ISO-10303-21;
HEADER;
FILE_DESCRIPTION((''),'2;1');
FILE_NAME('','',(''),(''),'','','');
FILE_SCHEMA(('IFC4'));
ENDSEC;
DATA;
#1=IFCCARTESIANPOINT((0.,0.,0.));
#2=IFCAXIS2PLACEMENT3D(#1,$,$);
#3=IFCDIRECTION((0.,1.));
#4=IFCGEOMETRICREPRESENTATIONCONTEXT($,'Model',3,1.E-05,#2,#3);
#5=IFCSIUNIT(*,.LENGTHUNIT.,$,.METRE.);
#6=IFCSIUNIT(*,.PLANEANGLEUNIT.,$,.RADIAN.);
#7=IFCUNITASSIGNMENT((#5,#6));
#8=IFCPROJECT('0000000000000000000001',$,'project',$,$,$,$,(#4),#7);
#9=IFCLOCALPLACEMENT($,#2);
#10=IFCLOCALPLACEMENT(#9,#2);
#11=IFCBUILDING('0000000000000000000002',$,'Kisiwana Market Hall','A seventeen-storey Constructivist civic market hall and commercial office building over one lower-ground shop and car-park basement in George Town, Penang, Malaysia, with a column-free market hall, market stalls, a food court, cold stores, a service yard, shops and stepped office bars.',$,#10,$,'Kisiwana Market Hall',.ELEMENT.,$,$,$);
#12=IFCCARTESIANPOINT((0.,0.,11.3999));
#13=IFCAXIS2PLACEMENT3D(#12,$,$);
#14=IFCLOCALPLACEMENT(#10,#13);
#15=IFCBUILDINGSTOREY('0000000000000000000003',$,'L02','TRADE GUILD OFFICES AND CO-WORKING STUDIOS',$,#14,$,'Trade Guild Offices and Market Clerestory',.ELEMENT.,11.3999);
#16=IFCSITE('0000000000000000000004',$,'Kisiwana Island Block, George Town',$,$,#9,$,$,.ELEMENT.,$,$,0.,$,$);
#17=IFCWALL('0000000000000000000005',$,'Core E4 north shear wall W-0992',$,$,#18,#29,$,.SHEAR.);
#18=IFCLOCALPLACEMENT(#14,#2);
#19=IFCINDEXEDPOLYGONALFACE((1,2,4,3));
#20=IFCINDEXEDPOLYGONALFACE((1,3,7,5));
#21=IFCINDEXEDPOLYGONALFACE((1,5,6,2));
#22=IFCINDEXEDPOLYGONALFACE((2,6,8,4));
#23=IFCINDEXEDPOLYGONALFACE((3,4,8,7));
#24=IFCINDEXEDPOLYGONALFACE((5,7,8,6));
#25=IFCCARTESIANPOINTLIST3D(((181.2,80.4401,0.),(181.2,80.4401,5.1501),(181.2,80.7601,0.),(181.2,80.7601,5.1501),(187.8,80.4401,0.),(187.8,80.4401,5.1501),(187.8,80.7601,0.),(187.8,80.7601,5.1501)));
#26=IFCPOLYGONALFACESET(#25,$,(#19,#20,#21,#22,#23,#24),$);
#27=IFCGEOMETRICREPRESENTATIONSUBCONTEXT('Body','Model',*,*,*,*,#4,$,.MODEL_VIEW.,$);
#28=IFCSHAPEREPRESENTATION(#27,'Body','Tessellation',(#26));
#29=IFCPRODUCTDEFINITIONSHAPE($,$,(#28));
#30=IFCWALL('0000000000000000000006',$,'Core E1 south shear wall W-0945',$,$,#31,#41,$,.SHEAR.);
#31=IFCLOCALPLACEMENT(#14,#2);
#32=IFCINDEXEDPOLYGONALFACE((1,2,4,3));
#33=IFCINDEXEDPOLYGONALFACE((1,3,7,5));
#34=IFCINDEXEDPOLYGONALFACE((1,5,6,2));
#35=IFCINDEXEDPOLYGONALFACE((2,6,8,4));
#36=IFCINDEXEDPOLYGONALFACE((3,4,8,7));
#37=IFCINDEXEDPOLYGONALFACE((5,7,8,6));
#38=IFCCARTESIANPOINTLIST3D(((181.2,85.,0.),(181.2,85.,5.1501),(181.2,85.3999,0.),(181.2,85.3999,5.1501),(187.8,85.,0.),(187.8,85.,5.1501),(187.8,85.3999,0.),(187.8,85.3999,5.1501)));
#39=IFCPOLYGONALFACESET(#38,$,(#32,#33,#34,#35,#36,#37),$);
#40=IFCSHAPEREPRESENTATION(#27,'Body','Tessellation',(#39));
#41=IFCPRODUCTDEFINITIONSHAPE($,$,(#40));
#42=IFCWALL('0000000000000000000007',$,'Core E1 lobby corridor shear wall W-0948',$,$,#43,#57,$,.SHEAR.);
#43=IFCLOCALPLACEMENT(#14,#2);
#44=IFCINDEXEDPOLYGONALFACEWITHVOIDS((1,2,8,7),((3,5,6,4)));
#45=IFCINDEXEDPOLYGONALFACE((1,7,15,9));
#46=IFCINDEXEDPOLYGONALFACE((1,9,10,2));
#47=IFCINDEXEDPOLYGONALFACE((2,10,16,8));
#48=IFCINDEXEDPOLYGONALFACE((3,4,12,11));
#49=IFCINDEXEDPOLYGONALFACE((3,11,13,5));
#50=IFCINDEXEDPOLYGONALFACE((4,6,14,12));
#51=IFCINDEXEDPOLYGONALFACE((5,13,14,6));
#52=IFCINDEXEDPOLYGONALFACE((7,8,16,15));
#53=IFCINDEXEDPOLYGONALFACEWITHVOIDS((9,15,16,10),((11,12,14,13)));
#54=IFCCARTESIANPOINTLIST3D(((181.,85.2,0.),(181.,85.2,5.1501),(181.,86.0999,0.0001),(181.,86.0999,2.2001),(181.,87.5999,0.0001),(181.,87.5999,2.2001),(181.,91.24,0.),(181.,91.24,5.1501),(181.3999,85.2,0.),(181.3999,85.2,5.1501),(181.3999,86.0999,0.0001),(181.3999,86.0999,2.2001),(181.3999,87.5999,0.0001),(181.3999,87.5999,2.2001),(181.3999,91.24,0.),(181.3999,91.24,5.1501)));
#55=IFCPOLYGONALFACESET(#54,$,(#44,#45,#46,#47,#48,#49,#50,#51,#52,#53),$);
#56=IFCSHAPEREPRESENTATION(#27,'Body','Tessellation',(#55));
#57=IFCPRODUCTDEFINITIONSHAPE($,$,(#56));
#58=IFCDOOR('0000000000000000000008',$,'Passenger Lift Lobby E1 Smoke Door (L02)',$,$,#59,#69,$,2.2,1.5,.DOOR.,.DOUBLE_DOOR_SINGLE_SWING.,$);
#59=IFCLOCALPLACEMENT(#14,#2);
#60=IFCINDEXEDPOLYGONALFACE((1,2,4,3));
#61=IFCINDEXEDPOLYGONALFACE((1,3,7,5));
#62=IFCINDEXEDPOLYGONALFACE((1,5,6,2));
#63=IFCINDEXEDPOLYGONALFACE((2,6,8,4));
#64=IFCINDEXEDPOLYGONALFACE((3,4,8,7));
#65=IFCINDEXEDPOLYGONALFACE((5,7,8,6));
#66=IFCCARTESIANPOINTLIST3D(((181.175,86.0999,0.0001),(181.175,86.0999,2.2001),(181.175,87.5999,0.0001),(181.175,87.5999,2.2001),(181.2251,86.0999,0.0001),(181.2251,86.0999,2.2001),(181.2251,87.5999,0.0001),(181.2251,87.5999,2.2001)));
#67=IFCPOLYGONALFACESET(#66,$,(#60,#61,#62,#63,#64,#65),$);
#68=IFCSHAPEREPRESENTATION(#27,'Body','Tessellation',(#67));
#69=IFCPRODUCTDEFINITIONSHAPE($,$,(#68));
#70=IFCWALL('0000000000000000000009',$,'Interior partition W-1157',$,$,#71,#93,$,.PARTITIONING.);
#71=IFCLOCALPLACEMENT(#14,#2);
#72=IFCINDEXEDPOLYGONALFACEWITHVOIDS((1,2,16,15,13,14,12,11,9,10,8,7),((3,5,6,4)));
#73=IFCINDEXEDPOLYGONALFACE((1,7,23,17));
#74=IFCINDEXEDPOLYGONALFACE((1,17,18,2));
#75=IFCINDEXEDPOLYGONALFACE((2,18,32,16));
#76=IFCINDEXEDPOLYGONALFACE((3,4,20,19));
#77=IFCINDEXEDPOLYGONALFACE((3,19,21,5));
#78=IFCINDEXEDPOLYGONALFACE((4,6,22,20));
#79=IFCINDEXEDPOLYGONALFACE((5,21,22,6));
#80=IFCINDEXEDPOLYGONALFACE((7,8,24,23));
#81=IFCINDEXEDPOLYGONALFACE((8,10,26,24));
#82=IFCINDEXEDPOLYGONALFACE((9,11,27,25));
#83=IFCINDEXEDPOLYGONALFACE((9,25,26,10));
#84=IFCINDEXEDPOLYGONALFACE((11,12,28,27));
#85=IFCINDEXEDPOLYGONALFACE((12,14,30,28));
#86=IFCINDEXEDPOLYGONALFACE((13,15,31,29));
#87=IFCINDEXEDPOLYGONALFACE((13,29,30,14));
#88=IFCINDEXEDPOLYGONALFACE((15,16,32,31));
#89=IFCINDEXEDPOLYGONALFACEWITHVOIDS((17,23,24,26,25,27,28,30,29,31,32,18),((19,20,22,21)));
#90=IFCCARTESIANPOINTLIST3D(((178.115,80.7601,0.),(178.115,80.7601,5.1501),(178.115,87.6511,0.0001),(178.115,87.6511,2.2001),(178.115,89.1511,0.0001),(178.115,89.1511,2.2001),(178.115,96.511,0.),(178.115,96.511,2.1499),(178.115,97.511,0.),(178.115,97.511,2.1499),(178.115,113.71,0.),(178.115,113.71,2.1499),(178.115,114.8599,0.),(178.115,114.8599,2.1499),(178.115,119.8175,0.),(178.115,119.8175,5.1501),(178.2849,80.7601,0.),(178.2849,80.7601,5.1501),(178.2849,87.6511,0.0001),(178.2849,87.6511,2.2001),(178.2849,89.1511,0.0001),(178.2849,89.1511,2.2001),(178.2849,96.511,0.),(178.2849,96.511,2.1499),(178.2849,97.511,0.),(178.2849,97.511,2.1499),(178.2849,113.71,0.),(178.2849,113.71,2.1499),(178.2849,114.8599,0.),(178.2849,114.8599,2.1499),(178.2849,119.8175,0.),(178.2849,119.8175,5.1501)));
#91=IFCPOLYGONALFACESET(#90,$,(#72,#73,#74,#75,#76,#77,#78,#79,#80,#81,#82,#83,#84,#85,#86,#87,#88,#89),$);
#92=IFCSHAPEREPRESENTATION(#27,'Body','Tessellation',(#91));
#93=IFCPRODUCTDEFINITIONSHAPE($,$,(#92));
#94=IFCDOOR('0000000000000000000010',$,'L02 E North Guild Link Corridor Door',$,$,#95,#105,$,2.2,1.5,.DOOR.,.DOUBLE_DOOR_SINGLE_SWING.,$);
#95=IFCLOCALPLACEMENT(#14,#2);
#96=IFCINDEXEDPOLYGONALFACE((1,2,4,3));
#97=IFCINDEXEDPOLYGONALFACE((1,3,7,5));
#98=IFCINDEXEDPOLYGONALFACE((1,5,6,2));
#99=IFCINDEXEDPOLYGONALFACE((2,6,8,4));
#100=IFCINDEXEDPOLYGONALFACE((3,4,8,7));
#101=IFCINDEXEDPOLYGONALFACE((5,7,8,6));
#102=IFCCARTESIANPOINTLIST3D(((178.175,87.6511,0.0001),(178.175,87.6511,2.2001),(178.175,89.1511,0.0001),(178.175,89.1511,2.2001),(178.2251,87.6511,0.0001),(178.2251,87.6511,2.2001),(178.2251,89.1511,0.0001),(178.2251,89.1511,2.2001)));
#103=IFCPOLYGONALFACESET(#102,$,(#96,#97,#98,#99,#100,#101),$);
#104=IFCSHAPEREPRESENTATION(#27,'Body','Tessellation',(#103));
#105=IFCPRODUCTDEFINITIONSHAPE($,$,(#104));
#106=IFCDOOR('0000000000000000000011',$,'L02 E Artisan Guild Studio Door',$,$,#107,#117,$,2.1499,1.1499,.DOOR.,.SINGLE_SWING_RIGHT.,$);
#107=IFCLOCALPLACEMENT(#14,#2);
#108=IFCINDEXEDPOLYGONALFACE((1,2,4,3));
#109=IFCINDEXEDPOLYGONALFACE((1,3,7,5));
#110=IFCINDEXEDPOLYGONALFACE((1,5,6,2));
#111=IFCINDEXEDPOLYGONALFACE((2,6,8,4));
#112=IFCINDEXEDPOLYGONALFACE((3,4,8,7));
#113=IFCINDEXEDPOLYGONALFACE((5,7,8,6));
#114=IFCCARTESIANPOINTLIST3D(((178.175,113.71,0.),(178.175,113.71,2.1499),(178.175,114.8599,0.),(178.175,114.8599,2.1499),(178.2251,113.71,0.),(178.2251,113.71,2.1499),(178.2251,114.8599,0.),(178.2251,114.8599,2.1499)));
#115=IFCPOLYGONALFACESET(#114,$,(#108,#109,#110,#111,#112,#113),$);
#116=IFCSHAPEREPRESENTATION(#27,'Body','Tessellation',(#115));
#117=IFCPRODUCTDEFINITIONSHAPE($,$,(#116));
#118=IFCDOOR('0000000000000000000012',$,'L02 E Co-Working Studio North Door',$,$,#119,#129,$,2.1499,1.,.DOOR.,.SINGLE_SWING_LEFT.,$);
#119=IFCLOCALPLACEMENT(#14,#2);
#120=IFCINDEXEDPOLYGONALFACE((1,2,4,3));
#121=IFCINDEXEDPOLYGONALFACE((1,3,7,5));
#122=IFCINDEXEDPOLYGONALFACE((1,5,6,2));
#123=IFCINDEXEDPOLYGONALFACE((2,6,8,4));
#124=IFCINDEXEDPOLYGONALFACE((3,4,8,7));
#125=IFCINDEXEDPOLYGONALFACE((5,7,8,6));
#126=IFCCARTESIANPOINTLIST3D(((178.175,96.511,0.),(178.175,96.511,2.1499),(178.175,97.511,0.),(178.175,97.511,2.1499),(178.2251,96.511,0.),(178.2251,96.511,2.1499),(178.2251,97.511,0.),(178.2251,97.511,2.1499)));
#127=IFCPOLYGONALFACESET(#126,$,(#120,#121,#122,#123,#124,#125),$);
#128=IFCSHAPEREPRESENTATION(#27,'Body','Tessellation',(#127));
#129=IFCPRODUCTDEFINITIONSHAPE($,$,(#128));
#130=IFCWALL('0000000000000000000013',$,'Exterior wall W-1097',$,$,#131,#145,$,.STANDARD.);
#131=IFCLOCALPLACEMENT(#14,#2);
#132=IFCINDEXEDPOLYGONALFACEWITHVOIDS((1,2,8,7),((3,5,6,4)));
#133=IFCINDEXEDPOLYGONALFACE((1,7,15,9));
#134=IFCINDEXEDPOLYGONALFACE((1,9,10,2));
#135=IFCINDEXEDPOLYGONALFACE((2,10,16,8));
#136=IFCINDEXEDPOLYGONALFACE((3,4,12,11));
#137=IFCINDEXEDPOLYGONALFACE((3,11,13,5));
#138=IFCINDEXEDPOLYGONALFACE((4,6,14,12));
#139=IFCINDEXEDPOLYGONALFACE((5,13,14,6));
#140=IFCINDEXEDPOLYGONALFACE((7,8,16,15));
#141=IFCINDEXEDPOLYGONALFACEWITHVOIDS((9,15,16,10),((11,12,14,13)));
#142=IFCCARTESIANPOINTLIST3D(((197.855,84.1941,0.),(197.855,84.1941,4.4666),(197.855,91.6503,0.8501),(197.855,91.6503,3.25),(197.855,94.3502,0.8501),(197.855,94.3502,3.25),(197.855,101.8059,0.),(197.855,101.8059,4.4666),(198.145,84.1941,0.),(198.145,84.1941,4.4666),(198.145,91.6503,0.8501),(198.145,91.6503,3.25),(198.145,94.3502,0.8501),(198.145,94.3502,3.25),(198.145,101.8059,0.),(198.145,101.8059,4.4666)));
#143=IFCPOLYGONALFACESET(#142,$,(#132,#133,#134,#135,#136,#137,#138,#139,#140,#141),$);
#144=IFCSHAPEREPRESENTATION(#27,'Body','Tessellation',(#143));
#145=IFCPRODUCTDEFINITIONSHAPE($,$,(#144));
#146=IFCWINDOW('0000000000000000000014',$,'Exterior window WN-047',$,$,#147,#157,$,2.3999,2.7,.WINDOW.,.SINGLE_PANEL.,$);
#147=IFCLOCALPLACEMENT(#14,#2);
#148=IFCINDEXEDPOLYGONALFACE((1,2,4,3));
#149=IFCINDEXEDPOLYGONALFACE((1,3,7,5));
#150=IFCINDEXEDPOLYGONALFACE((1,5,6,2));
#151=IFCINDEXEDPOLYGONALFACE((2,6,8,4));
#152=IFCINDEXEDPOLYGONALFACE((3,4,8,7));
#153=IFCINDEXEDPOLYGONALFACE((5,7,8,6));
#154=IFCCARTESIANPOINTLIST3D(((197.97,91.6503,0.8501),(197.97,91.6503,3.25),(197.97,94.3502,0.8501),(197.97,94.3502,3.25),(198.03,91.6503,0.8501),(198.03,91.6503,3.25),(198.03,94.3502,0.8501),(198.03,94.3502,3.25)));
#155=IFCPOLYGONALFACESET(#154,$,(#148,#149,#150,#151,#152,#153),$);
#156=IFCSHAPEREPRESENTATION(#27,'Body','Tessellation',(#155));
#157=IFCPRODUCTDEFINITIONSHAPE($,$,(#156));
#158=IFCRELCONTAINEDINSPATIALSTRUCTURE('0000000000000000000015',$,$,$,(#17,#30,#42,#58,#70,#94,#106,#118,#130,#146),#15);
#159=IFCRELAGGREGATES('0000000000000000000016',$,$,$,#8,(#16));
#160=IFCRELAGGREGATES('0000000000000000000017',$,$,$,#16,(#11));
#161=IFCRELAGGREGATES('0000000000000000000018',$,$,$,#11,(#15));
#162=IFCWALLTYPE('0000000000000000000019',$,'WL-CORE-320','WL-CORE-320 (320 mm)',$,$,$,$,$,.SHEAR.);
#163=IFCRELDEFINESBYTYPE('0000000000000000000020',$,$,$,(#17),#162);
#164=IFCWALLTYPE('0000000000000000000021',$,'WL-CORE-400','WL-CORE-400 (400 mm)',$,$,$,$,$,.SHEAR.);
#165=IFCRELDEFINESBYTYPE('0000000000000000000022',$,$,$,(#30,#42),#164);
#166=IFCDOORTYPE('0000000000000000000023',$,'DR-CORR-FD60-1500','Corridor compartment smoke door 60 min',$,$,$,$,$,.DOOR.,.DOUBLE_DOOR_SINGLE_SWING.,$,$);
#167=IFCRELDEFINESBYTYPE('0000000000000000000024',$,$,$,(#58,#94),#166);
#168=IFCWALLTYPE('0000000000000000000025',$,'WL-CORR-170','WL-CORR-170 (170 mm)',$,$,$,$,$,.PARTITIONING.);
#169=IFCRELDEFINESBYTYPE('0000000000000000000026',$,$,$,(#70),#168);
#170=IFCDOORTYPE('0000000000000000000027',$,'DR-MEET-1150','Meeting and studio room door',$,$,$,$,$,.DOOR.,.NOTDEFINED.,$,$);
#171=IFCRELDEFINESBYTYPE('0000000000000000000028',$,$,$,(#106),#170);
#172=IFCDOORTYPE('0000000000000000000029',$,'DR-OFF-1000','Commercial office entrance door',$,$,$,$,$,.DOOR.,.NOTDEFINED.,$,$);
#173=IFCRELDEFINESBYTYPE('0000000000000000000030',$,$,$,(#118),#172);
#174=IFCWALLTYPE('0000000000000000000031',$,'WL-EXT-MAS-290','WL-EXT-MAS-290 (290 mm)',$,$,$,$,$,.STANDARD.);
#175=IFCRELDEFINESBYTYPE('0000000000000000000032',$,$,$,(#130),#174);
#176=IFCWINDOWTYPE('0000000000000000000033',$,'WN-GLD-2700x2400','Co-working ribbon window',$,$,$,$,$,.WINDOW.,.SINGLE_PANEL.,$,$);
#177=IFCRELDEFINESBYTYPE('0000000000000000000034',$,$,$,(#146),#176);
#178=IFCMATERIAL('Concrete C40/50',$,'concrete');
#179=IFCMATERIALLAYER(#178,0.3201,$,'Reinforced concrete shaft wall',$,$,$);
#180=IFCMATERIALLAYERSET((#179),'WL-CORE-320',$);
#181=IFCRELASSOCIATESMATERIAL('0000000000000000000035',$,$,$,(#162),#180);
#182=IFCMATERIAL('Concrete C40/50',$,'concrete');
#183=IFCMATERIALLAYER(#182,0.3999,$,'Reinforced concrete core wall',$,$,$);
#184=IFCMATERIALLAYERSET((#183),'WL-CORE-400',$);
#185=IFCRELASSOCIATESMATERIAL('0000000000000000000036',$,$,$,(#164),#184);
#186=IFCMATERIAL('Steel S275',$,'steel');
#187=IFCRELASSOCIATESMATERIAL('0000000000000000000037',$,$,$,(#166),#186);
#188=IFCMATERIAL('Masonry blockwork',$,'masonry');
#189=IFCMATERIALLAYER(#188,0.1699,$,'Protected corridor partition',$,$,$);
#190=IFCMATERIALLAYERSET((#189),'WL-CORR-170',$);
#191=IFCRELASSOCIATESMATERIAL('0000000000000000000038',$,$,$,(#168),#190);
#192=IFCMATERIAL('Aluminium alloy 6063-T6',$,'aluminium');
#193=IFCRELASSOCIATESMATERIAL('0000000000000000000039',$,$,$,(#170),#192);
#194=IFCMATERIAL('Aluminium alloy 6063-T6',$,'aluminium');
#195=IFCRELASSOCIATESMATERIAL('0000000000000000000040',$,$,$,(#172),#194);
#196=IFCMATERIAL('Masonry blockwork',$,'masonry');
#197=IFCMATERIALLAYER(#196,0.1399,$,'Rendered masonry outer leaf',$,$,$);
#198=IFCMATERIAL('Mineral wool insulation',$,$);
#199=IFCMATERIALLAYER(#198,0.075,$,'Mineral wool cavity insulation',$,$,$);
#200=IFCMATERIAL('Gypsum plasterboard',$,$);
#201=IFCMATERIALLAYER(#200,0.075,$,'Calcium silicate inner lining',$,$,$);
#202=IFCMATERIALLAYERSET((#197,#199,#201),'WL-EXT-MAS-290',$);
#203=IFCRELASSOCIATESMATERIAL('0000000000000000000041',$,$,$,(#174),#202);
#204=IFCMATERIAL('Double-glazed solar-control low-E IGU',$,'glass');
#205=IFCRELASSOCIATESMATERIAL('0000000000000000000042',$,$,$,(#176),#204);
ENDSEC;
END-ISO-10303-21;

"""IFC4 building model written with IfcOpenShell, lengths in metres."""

from ifc_helpers import new_model, si_unit, direction, frame, frame_2d, origin, place, context, subcontext, project, spatial, rectangle, extrude, material, layer, layer_set, type_object, element, fill, save


model = new_model("IFC4")

# Units and contexts
model_context = context("Model", 3, precision=1e-05, world=origin(), true_north=direction((0.0, 1.0)))
body_context = subcontext(model_context, "Body", "Model", "MODEL_VIEW")
ifc_project = project(units=[si_unit("LENGTHUNIT", "METRE"), si_unit("PLANEANGLEUNIT", "RADIAN")], contexts=[model_context])

# Site, building, storey
site_placement = place(None, origin())
site = spatial("IfcSite", under=ifc_project, at=site_placement, Name="Kisiwana Island Block, George Town", CompositionType="ELEMENT", RefElevation=0.0)
building_placement = place(site_placement, origin())
building = spatial("IfcBuilding", under=site, at=building_placement, Name="Kisiwana Market Hall", Description="A seventeen-storey Constructivist civic market hall and commercial office building over one lower-ground shop and car-park basement in George Town, Penang, Malaysia, with a column-free market hall, market stalls, a food court, cold stores, a service yard, shops and stepped office bars.", LongName="Kisiwana Market Hall", CompositionType="ELEMENT")
storey_placement = place(building_placement, frame((0.0, 0.0, 11.3999)))
storey = spatial("IfcBuildingStorey", under=building, at=storey_placement, Name="L02", Description="TRADE GUILD OFFICES AND CO-WORKING STUDIOS", LongName="Trade Guild Offices and Market Clerestory", CompositionType="ELEMENT", Elevation=11.3999)

# Walls
ifc_material_1 = material(Name="Concrete C40/50", Category="concrete")
ifc_layer_1 = layer(ifc_material_1, 0.3201, Name="Reinforced concrete shaft wall")
ifc_layer_set_1 = layer_set([ifc_layer_1], Name="WL-CORE-320")
wall_type_1 = type_object("IfcWallType", Name="WL-CORE-320", Description="WL-CORE-320 (320 mm)", PredefinedType="SHEAR", material=ifc_layer_set_1)
wall_1_placement = place(storey_placement, frame((181.2, 80.6001, 0.0), z_axis=(0.0, 0.0, 1.0), x_axis=(1.0, 0.0, 0.0)))
element("IfcWall", 1, at=wall_1_placement, inside=storey, type_object=wall_type_1, Name="Core E4 north shear wall W-0992", PredefinedType="SHEAR", context=body_context, shape_type="SweptSolid", body=[
    extrude(rectangle(XDim=6.6001, YDim=0.3201, at=frame_2d((3.3, 0.0))), origin(), (0.0, 0.0, 1.0), 5.1501),
])
ifc_material_2 = material(Name="Concrete C40/50", Category="concrete")
ifc_layer_2 = layer(ifc_material_2, 0.3999, Name="Reinforced concrete core wall")
ifc_layer_set_2 = layer_set([ifc_layer_2], Name="WL-CORE-400")
wall_type_2 = type_object("IfcWallType", Name="WL-CORE-400", Description="WL-CORE-400 (400 mm)", PredefinedType="SHEAR", material=ifc_layer_set_2)
wall_2_placement = place(storey_placement, frame((181.2, 85.2, 0.0), z_axis=(0.0, 0.0, 1.0), x_axis=(1.0, 0.0, 0.0)))
element("IfcWall", 2, at=wall_2_placement, inside=storey, type_object=wall_type_2, Name="Core E1 south shear wall W-0945", PredefinedType="SHEAR", context=body_context, shape_type="SweptSolid", body=[
    extrude(rectangle(XDim=6.6001, YDim=0.3999, at=frame_2d((3.3, 0.0))), origin(), (0.0, 0.0, 1.0), 5.1501),
])

# Wall, opening, door
wall_3_placement = place(storey_placement, frame((181.2, 85.2, 0.0), z_axis=(0.0, 0.0, 1.0), x_axis=(0.0, 1.0, 0.0)))
wall_3 = element("IfcWall", 3, at=wall_3_placement, inside=storey, type_object=wall_type_2, Name="Core E1 lobby corridor shear wall W-0948", PredefinedType="SHEAR", context=body_context, shape_type="SweptSolid", body=[
    extrude(rectangle(XDim=6.04, YDim=0.3999, at=frame_2d((3.02, 0.0))), origin(), (0.0, 0.0, 1.0), 5.1501),
])
opening_1_placement = place(wall_3_placement, frame((0.8999, 0.0, 0.0)))
opening_1 = element("IfcOpeningElement", 4, at=opening_1_placement, cuts=wall_3, PredefinedType="OPENING", context=body_context, shape_type="SweptSolid", body=[
    extrude(rectangle(XDim=1.5, YDim=2.2, at=frame_2d((0.75, 1.1001))), frame((0.0, 0.2119, 0.0), z_axis=(0.0, -1.0, 0.0), x_axis=(1.0, 0.0, 0.0)), (0.0, 0.0, 1.0), 0.4238),
])
ifc_material_3 = material(Name="Steel S275", Category="steel")
door_type_1 = type_object("IfcDoorType", Name="DR-CORR-FD60-1500", Description="Corridor compartment smoke door 60 min", OperationType="DOUBLE_DOOR_SINGLE_SWING", PredefinedType="DOOR", material=ifc_material_3)
door_1_placement = place(opening_1_placement, origin())
door_1 = element("IfcDoor", 5, at=door_1_placement, inside=storey, type_object=door_type_1, Name="Passenger Lift Lobby E1 Smoke Door (L02)", OperationType="DOUBLE_DOOR_SINGLE_SWING", OverallHeight=2.2, OverallWidth=1.5, PredefinedType="DOOR", context=body_context, shape_type="SweptSolid", body=[
    extrude(rectangle(XDim=1.5, YDim=2.2, at=frame_2d((0.75, 1.1001))), frame((0.0, 0.0249, 0.0), z_axis=(0.0, -1.0, 0.0), x_axis=(1.0, 0.0, 0.0)), (0.0, 0.0, 1.0), 0.05),
])
fill(opening_1, door_1)

# Wall, openings, doors
ifc_material_4 = material(Name="Masonry blockwork", Category="masonry")
ifc_layer_3 = layer(ifc_material_4, 0.1699, Name="Protected corridor partition")
ifc_layer_set_3 = layer_set([ifc_layer_3], Name="WL-CORR-170")
wall_type_3 = type_object("IfcWallType", Name="WL-CORR-170", Description="WL-CORR-170 (170 mm)", PredefinedType="PARTITIONING", material=ifc_layer_set_3)
wall_4_placement = place(storey_placement, frame((178.2, 80.76, 0.0), z_axis=(0.0, 0.0, 1.0), x_axis=(0.0, 1.0, 0.0)))
wall_4 = element("IfcWall", 6, at=wall_4_placement, inside=storey, type_object=wall_type_3, Name="Interior partition W-1157", PredefinedType="PARTITIONING", context=body_context, shape_type="SweptSolid", body=[
    extrude(rectangle(XDim=39.0574, YDim=0.1699, at=frame_2d((19.5288, 0.0))), origin(), (0.0, 0.0, 1.0), 5.1501),
])
opening_2_placement = place(wall_4_placement, frame((6.8911, 0.0, 0.0)))
opening_2 = element("IfcOpeningElement", 7, at=opening_2_placement, cuts=wall_4, PredefinedType="OPENING", context=body_context, shape_type="SweptSolid", body=[
    extrude(rectangle(XDim=1.5, YDim=2.2, at=frame_2d((0.75, 1.1001))), frame((0.0, 0.0969, 0.0), z_axis=(0.0, -1.0, 0.0), x_axis=(1.0, 0.0, 0.0)), (0.0, 0.0, 1.0), 0.1938),
])
opening_3_placement = place(wall_4_placement, frame((15.751, 0.0, 0.0)))
opening_3 = element("IfcOpeningElement", 8, at=opening_3_placement, cuts=wall_4, PredefinedType="OPENING", context=body_context, shape_type="SweptSolid", body=[
    extrude(rectangle(XDim=1.0, YDim=2.1499, at=frame_2d((0.5, 1.075))), frame((0.0, 0.0969, 0.0), z_axis=(0.0, -1.0, 0.0), x_axis=(1.0, 0.0, 0.0)), (0.0, 0.0, 1.0), 0.1938),
])
opening_4_placement = place(wall_4_placement, frame((32.95, 0.0, 0.0)))
opening_4 = element("IfcOpeningElement", 9, at=opening_4_placement, cuts=wall_4, PredefinedType="OPENING", context=body_context, shape_type="SweptSolid", body=[
    extrude(rectangle(XDim=1.1499, YDim=2.1499, at=frame_2d((0.575, 1.075))), frame((0.0, 0.0969, 0.0), z_axis=(0.0, -1.0, 0.0), x_axis=(1.0, 0.0, 0.0)), (0.0, 0.0, 1.0), 0.1938),
])
door_2_placement = place(opening_2_placement, origin())
door_2 = element("IfcDoor", 10, at=door_2_placement, inside=storey, type_object=door_type_1, Name="L02 E North Guild Link Corridor Door", OperationType="DOUBLE_DOOR_SINGLE_SWING", OverallHeight=2.2, OverallWidth=1.5, PredefinedType="DOOR", context=body_context, shape_type="SweptSolid", body=[
    extrude(rectangle(XDim=1.5, YDim=2.2, at=frame_2d((0.75, 1.1001))), frame((0.0, 0.0249, 0.0), z_axis=(0.0, -1.0, 0.0), x_axis=(1.0, 0.0, 0.0)), (0.0, 0.0, 1.0), 0.05),
])
fill(opening_2, door_2)
ifc_material_5 = material(Name="Aluminium alloy 6063-T6", Category="aluminium")
door_type_2 = type_object("IfcDoorType", Name="DR-MEET-1150", Description="Meeting and studio room door", OperationType="NOTDEFINED", PredefinedType="DOOR", material=ifc_material_5)
door_3_placement = place(opening_4_placement, origin())
door_3 = element("IfcDoor", 11, at=door_3_placement, inside=storey, type_object=door_type_2, Name="L02 E Artisan Guild Studio Door", OperationType="SINGLE_SWING_RIGHT", OverallHeight=2.1499, OverallWidth=1.1499, PredefinedType="DOOR", context=body_context, shape_type="SweptSolid", body=[
    extrude(rectangle(XDim=1.1499, YDim=2.1499, at=frame_2d((0.575, 1.075))), frame((0.0, 0.0249, 0.0), z_axis=(0.0, -1.0, 0.0), x_axis=(1.0, 0.0, 0.0)), (0.0, 0.0, 1.0), 0.05),
])
fill(opening_4, door_3)
ifc_material_6 = material(Name="Aluminium alloy 6063-T6", Category="aluminium")
door_type_3 = type_object("IfcDoorType", Name="DR-OFF-1000", Description="Commercial office entrance door", OperationType="NOTDEFINED", PredefinedType="DOOR", material=ifc_material_6)
door_4_placement = place(opening_3_placement, origin())
door_4 = element("IfcDoor", 12, at=door_4_placement, inside=storey, type_object=door_type_3, Name="L02 E Co-Working Studio North Door", OperationType="SINGLE_SWING_LEFT", OverallHeight=2.1499, OverallWidth=1.0, PredefinedType="DOOR", context=body_context, shape_type="SweptSolid", body=[
    extrude(rectangle(XDim=1.0, YDim=2.1499, at=frame_2d((0.5, 1.075))), frame((0.0, 0.0249, 0.0), z_axis=(0.0, -1.0, 0.0), x_axis=(1.0, 0.0, 0.0)), (0.0, 0.0, 1.0), 0.05),
])
fill(opening_3, door_4)

# Wall, opening, window
ifc_material_7 = material(Name="Masonry blockwork", Category="masonry")
ifc_layer_4 = layer(ifc_material_7, 0.1399, Name="Rendered masonry outer leaf")
ifc_material_8 = material(Name="Mineral wool insulation")
ifc_layer_5 = layer(ifc_material_8, 0.075, Name="Mineral wool cavity insulation")
ifc_material_9 = material(Name="Gypsum plasterboard")
ifc_layer_6 = layer(ifc_material_9, 0.075, Name="Calcium silicate inner lining")
ifc_layer_set_4 = layer_set([ifc_layer_4, ifc_layer_5, ifc_layer_6], Name="WL-EXT-MAS-290")
wall_type_4 = type_object("IfcWallType", Name="WL-EXT-MAS-290", Description="WL-EXT-MAS-290 (290 mm)", PredefinedType="STANDARD", material=ifc_layer_set_4)
wall_5_placement = place(storey_placement, frame((198.0, 84.1941, 0.0), z_axis=(0.0, 0.0, 1.0), x_axis=(0.0, 1.0, 0.0)))
wall_5 = element("IfcWall", 13, at=wall_5_placement, inside=storey, type_object=wall_type_4, Name="Exterior wall W-1097", PredefinedType="STANDARD", context=body_context, shape_type="SweptSolid", body=[
    extrude(rectangle(XDim=17.6118, YDim=0.29, at=frame_2d((8.8059, 0.0))), origin(), (0.0, 0.0, 1.0), 4.4666),
])
opening_5_placement = place(wall_5_placement, frame((7.4561, 0.0, 0.8501)))
opening_5 = element("IfcOpeningElement", 14, at=opening_5_placement, cuts=wall_5, PredefinedType="OPENING", context=body_context, shape_type="SweptSolid", body=[
    extrude(rectangle(XDim=2.7, YDim=2.3999, at=frame_2d((1.3501, 1.2))), frame((0.0, 0.157, 0.0), z_axis=(0.0, -1.0, 0.0), x_axis=(1.0, 0.0, 0.0)), (0.0, 0.0, 1.0), 0.314),
])
ifc_material_10 = material(Name="Double-glazed solar-control low-E IGU", Category="glass")
window_type = type_object("IfcWindowType", Name="WN-GLD-2700x2400", Description="Co-working ribbon window", PartitioningType="SINGLE_PANEL", PredefinedType="WINDOW", material=ifc_material_10)
window_placement = place(opening_5_placement, origin())
window = element("IfcWindow", 15, at=window_placement, inside=storey, type_object=window_type, Name="Exterior window WN-047", OverallHeight=2.3999, OverallWidth=2.7, PartitioningType="SINGLE_PANEL", PredefinedType="WINDOW", context=body_context, shape_type="SweptSolid", body=[
    extrude(rectangle(XDim=2.7, YDim=2.3999, at=frame_2d((1.3501, 1.2))), frame((0.0, 0.03, 0.0), z_axis=(0.0, -1.0, 0.0), x_axis=(1.0, 0.0, 0.0)), (0.0, 0.0, 1.0), 0.0601),
])
fill(opening_5, window)

save(model, "model.ifc")
